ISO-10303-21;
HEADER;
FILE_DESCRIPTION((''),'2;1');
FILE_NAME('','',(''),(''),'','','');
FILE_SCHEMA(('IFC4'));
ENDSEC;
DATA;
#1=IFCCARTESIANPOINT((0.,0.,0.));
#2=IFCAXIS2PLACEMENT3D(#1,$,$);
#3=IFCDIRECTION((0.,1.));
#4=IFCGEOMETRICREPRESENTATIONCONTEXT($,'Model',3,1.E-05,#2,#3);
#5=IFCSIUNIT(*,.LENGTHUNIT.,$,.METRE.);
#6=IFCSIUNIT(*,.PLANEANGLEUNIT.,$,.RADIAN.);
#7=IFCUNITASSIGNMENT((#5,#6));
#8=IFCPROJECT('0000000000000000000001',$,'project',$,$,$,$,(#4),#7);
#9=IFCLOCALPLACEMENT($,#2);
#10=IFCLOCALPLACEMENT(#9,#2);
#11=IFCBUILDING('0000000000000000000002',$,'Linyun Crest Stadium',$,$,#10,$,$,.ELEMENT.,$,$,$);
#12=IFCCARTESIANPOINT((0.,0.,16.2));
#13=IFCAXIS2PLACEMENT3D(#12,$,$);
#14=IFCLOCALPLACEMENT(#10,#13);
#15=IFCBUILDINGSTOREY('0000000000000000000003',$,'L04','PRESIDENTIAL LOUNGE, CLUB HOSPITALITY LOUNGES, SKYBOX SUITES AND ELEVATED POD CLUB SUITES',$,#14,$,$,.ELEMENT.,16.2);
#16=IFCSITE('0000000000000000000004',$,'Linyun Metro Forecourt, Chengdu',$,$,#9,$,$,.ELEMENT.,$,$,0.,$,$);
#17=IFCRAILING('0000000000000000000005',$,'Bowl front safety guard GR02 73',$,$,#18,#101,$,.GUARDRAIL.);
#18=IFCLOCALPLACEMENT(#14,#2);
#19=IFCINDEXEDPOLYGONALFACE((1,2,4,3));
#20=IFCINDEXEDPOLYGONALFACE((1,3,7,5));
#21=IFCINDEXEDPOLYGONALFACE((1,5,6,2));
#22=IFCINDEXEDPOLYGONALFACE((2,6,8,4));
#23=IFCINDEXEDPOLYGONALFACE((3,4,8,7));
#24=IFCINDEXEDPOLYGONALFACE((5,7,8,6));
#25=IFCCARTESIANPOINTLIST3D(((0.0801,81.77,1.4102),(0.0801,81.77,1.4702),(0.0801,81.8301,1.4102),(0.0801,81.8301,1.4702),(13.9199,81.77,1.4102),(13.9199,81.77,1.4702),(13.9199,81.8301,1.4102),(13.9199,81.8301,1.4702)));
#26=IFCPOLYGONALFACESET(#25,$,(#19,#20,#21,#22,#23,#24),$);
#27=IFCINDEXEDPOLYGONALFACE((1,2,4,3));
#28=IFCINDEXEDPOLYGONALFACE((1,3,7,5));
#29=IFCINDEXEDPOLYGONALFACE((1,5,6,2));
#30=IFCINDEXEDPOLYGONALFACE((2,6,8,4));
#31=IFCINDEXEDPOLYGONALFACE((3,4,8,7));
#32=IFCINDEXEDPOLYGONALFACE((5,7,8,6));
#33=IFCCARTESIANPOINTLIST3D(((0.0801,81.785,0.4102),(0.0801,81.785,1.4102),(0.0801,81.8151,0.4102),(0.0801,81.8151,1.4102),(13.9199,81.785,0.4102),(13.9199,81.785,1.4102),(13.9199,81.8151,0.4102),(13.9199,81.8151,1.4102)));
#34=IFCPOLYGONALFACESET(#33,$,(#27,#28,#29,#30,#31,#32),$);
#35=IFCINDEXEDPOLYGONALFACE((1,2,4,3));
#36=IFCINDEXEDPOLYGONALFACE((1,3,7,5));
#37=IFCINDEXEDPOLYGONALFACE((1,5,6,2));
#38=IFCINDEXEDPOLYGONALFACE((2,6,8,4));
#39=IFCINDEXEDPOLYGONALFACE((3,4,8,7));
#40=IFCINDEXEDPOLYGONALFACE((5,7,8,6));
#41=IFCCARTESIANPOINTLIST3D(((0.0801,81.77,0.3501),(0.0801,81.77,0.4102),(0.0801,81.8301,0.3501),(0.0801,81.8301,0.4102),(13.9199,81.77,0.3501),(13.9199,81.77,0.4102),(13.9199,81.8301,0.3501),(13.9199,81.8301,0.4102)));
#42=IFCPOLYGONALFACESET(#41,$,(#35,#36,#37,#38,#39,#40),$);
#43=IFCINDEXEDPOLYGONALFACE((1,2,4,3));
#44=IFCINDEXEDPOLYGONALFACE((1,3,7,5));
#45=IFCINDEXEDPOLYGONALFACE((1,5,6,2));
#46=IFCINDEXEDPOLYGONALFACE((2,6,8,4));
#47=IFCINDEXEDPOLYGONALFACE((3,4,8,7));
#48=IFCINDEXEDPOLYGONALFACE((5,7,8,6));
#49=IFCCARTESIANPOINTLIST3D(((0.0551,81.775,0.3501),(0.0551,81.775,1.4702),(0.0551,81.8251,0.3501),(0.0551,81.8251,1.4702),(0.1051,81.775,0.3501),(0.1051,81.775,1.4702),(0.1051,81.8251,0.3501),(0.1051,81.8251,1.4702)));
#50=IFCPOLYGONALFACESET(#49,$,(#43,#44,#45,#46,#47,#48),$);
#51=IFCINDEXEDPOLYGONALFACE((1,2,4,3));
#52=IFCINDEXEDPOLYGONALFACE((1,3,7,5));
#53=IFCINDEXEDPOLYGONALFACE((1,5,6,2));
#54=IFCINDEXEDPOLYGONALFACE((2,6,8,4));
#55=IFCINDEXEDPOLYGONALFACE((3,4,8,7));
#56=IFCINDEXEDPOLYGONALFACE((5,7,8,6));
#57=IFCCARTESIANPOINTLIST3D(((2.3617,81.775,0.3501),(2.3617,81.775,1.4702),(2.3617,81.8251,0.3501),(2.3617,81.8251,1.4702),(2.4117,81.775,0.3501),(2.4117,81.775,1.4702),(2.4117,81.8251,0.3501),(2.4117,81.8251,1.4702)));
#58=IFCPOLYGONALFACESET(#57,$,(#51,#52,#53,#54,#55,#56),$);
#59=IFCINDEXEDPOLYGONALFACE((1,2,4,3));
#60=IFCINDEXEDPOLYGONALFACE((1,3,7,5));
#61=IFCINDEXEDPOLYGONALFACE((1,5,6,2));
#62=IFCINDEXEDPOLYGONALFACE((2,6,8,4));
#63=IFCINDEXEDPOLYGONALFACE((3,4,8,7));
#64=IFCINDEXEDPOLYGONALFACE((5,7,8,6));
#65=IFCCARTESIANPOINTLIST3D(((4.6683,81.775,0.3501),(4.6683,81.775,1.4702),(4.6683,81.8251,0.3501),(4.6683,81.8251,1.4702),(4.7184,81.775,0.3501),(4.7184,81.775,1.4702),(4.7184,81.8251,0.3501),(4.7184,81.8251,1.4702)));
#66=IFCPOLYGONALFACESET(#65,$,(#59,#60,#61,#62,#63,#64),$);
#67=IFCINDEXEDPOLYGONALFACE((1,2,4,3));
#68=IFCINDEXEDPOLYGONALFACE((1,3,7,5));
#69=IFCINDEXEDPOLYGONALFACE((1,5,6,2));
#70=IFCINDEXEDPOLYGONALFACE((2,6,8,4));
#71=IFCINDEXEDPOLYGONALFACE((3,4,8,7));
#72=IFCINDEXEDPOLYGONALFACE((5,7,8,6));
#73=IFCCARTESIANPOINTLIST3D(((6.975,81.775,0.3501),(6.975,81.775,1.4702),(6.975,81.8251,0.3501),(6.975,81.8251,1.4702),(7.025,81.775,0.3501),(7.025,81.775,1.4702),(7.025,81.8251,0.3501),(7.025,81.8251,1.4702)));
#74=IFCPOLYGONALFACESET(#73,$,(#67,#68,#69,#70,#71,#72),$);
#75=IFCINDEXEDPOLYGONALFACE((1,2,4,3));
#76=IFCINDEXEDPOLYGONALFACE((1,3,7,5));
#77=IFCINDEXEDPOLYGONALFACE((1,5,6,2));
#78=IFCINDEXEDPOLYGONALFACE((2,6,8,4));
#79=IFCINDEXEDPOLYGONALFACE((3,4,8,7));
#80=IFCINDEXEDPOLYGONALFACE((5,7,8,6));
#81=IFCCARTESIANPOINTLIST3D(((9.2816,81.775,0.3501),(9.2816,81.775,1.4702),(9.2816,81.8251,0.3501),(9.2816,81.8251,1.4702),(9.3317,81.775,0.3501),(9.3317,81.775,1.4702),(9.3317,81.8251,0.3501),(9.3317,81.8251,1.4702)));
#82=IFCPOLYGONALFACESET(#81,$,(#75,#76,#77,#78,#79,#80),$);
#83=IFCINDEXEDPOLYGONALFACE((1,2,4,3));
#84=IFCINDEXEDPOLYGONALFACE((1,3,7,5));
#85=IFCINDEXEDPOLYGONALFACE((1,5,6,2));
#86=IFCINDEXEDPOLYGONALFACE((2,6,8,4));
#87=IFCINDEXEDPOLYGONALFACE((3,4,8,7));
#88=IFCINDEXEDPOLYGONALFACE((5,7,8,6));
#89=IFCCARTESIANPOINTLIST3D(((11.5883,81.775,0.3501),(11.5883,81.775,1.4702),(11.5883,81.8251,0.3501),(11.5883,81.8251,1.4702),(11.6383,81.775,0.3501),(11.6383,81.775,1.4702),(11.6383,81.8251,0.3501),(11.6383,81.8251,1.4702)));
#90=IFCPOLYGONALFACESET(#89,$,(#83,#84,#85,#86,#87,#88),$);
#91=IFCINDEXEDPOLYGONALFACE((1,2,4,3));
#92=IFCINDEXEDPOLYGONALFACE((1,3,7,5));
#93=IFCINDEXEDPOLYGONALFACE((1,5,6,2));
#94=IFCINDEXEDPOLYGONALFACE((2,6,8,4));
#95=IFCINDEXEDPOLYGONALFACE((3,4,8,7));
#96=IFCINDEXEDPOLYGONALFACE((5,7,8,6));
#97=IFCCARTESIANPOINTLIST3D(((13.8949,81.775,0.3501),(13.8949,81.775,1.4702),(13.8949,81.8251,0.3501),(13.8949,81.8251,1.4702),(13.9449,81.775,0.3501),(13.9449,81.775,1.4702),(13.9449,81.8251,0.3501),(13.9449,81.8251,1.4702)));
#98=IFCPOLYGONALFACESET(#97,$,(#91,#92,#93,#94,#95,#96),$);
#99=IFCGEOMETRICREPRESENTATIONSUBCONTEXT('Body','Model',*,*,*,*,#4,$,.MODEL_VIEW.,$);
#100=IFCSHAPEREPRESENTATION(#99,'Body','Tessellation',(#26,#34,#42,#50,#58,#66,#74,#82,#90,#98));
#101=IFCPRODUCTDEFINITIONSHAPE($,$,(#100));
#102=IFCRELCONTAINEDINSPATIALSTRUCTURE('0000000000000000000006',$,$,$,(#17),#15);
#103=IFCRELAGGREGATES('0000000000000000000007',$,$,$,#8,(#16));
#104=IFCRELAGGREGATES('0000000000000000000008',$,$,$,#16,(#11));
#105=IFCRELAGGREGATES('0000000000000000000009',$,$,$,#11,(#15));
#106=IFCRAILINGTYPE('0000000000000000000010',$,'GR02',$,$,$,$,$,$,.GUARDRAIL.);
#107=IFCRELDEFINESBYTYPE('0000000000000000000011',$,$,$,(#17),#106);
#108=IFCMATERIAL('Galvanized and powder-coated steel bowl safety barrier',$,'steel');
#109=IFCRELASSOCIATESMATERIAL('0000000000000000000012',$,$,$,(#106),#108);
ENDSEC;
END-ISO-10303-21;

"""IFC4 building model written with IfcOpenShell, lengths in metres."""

from ifc_helpers import new_model, si_unit, direction, frame, origin, origin_2d, place, context, subcontext, project, spatial, rectangle, extrude, material, type_object, element, save


model = new_model("IFC4")

# Units and contexts
model_context = context("Model", 3, precision=1e-05, world=origin(), true_north=direction((0.0, 1.0)))
body_context = subcontext(model_context, "Body", "Model", "MODEL_VIEW")
ifc_project = project(units=[si_unit("LENGTHUNIT", "METRE"), si_unit("PLANEANGLEUNIT", "RADIAN")], contexts=[model_context])

# Site, building, storey
site_placement = place(None, origin())
site = spatial("IfcSite", under=ifc_project, at=site_placement, Name="Linyun Metro Forecourt, Chengdu", CompositionType="ELEMENT", RefElevation=0.0)
building_placement = place(site_placement, origin())
building = spatial("IfcBuilding", under=site, at=building_placement, Name="Linyun Crest Stadium", CompositionType="ELEMENT")
storey_placement = place(building_placement, frame((0.0, 0.0, 16.2)))
storey = spatial("IfcBuildingStorey", under=building, at=storey_placement, Name="L04", Description="PRESIDENTIAL LOUNGE, CLUB HOSPITALITY LOUNGES, SKYBOX SUITES AND ELEVATED POD CLUB SUITES", CompositionType="ELEMENT", Elevation=16.2)

# Railing
ifc_material_1 = material(Name="Galvanized and powder-coated steel bowl safety barrier", Category="steel")
railing_type = type_object("IfcRailingType", Name="GR02", PredefinedType="GUARDRAIL", material=ifc_material_1)
railing_placement = place(storey_placement, frame((0.0801, 81.8, 0.3501)))
element("IfcRailing", 1, at=railing_placement, inside=storey, type_object=railing_type, Name="Bowl front safety guard GR02 73", PredefinedType="GUARDRAIL", context=body_context, shape_type="SweptSolid", body=[
    extrude(rectangle(XDim=0.0601, YDim=0.0601, at=origin_2d()), frame((0.0, 0.0, 1.0901), z_axis=(1.0, 0.0, 0.0), x_axis=(0.0, 1.0, 0.0)), (0.0, 0.0, 1.0), 13.8398),
    extrude(rectangle(XDim=0.03, YDim=1.0, at=origin_2d()), frame((0.0, 0.0, 0.5601), z_axis=(1.0, 0.0, 0.0), x_axis=(0.0, 1.0, 0.0)), (0.0, 0.0, 1.0), 13.8398),
    extrude(rectangle(XDim=0.0601, YDim=0.0601, at=origin_2d()), frame((0.0, 0.0, 0.03), z_axis=(1.0, 0.0, 0.0), x_axis=(0.0, 1.0, 0.0)), (0.0, 0.0, 1.0), 13.8398),
    extrude(rectangle(XDim=0.05, YDim=0.05, at=origin_2d()), origin(), (0.0, 0.0, 1.0), 1.1201),
    extrude(rectangle(XDim=0.05, YDim=0.05, at=origin_2d()), frame((2.3066, 0.0, 0.0)), (0.0, 0.0, 1.0), 1.1201),
    extrude(rectangle(XDim=0.05, YDim=0.05, at=origin_2d()), frame((4.6133, 0.0, 0.0)), (0.0, 0.0, 1.0), 1.1201),
    extrude(rectangle(XDim=0.05, YDim=0.05, at=origin_2d()), frame((6.9199, 0.0, 0.0)), (0.0, 0.0, 1.0), 1.1201),
    extrude(rectangle(XDim=0.05, YDim=0.05, at=origin_2d()), frame((9.2266, 0.0, 0.0)), (0.0, 0.0, 1.0), 1.1201),
    extrude(rectangle(XDim=0.05, YDim=0.05, at=origin_2d()), frame((11.5332, 0.0, 0.0)), (0.0, 0.0, 1.0), 1.1201),
    extrude(rectangle(XDim=0.05, YDim=0.05, at=origin_2d()), frame((13.8398, 0.0, 0.0)), (0.0, 0.0, 1.0), 1.1201),
])

save(model, "model.ifc")
